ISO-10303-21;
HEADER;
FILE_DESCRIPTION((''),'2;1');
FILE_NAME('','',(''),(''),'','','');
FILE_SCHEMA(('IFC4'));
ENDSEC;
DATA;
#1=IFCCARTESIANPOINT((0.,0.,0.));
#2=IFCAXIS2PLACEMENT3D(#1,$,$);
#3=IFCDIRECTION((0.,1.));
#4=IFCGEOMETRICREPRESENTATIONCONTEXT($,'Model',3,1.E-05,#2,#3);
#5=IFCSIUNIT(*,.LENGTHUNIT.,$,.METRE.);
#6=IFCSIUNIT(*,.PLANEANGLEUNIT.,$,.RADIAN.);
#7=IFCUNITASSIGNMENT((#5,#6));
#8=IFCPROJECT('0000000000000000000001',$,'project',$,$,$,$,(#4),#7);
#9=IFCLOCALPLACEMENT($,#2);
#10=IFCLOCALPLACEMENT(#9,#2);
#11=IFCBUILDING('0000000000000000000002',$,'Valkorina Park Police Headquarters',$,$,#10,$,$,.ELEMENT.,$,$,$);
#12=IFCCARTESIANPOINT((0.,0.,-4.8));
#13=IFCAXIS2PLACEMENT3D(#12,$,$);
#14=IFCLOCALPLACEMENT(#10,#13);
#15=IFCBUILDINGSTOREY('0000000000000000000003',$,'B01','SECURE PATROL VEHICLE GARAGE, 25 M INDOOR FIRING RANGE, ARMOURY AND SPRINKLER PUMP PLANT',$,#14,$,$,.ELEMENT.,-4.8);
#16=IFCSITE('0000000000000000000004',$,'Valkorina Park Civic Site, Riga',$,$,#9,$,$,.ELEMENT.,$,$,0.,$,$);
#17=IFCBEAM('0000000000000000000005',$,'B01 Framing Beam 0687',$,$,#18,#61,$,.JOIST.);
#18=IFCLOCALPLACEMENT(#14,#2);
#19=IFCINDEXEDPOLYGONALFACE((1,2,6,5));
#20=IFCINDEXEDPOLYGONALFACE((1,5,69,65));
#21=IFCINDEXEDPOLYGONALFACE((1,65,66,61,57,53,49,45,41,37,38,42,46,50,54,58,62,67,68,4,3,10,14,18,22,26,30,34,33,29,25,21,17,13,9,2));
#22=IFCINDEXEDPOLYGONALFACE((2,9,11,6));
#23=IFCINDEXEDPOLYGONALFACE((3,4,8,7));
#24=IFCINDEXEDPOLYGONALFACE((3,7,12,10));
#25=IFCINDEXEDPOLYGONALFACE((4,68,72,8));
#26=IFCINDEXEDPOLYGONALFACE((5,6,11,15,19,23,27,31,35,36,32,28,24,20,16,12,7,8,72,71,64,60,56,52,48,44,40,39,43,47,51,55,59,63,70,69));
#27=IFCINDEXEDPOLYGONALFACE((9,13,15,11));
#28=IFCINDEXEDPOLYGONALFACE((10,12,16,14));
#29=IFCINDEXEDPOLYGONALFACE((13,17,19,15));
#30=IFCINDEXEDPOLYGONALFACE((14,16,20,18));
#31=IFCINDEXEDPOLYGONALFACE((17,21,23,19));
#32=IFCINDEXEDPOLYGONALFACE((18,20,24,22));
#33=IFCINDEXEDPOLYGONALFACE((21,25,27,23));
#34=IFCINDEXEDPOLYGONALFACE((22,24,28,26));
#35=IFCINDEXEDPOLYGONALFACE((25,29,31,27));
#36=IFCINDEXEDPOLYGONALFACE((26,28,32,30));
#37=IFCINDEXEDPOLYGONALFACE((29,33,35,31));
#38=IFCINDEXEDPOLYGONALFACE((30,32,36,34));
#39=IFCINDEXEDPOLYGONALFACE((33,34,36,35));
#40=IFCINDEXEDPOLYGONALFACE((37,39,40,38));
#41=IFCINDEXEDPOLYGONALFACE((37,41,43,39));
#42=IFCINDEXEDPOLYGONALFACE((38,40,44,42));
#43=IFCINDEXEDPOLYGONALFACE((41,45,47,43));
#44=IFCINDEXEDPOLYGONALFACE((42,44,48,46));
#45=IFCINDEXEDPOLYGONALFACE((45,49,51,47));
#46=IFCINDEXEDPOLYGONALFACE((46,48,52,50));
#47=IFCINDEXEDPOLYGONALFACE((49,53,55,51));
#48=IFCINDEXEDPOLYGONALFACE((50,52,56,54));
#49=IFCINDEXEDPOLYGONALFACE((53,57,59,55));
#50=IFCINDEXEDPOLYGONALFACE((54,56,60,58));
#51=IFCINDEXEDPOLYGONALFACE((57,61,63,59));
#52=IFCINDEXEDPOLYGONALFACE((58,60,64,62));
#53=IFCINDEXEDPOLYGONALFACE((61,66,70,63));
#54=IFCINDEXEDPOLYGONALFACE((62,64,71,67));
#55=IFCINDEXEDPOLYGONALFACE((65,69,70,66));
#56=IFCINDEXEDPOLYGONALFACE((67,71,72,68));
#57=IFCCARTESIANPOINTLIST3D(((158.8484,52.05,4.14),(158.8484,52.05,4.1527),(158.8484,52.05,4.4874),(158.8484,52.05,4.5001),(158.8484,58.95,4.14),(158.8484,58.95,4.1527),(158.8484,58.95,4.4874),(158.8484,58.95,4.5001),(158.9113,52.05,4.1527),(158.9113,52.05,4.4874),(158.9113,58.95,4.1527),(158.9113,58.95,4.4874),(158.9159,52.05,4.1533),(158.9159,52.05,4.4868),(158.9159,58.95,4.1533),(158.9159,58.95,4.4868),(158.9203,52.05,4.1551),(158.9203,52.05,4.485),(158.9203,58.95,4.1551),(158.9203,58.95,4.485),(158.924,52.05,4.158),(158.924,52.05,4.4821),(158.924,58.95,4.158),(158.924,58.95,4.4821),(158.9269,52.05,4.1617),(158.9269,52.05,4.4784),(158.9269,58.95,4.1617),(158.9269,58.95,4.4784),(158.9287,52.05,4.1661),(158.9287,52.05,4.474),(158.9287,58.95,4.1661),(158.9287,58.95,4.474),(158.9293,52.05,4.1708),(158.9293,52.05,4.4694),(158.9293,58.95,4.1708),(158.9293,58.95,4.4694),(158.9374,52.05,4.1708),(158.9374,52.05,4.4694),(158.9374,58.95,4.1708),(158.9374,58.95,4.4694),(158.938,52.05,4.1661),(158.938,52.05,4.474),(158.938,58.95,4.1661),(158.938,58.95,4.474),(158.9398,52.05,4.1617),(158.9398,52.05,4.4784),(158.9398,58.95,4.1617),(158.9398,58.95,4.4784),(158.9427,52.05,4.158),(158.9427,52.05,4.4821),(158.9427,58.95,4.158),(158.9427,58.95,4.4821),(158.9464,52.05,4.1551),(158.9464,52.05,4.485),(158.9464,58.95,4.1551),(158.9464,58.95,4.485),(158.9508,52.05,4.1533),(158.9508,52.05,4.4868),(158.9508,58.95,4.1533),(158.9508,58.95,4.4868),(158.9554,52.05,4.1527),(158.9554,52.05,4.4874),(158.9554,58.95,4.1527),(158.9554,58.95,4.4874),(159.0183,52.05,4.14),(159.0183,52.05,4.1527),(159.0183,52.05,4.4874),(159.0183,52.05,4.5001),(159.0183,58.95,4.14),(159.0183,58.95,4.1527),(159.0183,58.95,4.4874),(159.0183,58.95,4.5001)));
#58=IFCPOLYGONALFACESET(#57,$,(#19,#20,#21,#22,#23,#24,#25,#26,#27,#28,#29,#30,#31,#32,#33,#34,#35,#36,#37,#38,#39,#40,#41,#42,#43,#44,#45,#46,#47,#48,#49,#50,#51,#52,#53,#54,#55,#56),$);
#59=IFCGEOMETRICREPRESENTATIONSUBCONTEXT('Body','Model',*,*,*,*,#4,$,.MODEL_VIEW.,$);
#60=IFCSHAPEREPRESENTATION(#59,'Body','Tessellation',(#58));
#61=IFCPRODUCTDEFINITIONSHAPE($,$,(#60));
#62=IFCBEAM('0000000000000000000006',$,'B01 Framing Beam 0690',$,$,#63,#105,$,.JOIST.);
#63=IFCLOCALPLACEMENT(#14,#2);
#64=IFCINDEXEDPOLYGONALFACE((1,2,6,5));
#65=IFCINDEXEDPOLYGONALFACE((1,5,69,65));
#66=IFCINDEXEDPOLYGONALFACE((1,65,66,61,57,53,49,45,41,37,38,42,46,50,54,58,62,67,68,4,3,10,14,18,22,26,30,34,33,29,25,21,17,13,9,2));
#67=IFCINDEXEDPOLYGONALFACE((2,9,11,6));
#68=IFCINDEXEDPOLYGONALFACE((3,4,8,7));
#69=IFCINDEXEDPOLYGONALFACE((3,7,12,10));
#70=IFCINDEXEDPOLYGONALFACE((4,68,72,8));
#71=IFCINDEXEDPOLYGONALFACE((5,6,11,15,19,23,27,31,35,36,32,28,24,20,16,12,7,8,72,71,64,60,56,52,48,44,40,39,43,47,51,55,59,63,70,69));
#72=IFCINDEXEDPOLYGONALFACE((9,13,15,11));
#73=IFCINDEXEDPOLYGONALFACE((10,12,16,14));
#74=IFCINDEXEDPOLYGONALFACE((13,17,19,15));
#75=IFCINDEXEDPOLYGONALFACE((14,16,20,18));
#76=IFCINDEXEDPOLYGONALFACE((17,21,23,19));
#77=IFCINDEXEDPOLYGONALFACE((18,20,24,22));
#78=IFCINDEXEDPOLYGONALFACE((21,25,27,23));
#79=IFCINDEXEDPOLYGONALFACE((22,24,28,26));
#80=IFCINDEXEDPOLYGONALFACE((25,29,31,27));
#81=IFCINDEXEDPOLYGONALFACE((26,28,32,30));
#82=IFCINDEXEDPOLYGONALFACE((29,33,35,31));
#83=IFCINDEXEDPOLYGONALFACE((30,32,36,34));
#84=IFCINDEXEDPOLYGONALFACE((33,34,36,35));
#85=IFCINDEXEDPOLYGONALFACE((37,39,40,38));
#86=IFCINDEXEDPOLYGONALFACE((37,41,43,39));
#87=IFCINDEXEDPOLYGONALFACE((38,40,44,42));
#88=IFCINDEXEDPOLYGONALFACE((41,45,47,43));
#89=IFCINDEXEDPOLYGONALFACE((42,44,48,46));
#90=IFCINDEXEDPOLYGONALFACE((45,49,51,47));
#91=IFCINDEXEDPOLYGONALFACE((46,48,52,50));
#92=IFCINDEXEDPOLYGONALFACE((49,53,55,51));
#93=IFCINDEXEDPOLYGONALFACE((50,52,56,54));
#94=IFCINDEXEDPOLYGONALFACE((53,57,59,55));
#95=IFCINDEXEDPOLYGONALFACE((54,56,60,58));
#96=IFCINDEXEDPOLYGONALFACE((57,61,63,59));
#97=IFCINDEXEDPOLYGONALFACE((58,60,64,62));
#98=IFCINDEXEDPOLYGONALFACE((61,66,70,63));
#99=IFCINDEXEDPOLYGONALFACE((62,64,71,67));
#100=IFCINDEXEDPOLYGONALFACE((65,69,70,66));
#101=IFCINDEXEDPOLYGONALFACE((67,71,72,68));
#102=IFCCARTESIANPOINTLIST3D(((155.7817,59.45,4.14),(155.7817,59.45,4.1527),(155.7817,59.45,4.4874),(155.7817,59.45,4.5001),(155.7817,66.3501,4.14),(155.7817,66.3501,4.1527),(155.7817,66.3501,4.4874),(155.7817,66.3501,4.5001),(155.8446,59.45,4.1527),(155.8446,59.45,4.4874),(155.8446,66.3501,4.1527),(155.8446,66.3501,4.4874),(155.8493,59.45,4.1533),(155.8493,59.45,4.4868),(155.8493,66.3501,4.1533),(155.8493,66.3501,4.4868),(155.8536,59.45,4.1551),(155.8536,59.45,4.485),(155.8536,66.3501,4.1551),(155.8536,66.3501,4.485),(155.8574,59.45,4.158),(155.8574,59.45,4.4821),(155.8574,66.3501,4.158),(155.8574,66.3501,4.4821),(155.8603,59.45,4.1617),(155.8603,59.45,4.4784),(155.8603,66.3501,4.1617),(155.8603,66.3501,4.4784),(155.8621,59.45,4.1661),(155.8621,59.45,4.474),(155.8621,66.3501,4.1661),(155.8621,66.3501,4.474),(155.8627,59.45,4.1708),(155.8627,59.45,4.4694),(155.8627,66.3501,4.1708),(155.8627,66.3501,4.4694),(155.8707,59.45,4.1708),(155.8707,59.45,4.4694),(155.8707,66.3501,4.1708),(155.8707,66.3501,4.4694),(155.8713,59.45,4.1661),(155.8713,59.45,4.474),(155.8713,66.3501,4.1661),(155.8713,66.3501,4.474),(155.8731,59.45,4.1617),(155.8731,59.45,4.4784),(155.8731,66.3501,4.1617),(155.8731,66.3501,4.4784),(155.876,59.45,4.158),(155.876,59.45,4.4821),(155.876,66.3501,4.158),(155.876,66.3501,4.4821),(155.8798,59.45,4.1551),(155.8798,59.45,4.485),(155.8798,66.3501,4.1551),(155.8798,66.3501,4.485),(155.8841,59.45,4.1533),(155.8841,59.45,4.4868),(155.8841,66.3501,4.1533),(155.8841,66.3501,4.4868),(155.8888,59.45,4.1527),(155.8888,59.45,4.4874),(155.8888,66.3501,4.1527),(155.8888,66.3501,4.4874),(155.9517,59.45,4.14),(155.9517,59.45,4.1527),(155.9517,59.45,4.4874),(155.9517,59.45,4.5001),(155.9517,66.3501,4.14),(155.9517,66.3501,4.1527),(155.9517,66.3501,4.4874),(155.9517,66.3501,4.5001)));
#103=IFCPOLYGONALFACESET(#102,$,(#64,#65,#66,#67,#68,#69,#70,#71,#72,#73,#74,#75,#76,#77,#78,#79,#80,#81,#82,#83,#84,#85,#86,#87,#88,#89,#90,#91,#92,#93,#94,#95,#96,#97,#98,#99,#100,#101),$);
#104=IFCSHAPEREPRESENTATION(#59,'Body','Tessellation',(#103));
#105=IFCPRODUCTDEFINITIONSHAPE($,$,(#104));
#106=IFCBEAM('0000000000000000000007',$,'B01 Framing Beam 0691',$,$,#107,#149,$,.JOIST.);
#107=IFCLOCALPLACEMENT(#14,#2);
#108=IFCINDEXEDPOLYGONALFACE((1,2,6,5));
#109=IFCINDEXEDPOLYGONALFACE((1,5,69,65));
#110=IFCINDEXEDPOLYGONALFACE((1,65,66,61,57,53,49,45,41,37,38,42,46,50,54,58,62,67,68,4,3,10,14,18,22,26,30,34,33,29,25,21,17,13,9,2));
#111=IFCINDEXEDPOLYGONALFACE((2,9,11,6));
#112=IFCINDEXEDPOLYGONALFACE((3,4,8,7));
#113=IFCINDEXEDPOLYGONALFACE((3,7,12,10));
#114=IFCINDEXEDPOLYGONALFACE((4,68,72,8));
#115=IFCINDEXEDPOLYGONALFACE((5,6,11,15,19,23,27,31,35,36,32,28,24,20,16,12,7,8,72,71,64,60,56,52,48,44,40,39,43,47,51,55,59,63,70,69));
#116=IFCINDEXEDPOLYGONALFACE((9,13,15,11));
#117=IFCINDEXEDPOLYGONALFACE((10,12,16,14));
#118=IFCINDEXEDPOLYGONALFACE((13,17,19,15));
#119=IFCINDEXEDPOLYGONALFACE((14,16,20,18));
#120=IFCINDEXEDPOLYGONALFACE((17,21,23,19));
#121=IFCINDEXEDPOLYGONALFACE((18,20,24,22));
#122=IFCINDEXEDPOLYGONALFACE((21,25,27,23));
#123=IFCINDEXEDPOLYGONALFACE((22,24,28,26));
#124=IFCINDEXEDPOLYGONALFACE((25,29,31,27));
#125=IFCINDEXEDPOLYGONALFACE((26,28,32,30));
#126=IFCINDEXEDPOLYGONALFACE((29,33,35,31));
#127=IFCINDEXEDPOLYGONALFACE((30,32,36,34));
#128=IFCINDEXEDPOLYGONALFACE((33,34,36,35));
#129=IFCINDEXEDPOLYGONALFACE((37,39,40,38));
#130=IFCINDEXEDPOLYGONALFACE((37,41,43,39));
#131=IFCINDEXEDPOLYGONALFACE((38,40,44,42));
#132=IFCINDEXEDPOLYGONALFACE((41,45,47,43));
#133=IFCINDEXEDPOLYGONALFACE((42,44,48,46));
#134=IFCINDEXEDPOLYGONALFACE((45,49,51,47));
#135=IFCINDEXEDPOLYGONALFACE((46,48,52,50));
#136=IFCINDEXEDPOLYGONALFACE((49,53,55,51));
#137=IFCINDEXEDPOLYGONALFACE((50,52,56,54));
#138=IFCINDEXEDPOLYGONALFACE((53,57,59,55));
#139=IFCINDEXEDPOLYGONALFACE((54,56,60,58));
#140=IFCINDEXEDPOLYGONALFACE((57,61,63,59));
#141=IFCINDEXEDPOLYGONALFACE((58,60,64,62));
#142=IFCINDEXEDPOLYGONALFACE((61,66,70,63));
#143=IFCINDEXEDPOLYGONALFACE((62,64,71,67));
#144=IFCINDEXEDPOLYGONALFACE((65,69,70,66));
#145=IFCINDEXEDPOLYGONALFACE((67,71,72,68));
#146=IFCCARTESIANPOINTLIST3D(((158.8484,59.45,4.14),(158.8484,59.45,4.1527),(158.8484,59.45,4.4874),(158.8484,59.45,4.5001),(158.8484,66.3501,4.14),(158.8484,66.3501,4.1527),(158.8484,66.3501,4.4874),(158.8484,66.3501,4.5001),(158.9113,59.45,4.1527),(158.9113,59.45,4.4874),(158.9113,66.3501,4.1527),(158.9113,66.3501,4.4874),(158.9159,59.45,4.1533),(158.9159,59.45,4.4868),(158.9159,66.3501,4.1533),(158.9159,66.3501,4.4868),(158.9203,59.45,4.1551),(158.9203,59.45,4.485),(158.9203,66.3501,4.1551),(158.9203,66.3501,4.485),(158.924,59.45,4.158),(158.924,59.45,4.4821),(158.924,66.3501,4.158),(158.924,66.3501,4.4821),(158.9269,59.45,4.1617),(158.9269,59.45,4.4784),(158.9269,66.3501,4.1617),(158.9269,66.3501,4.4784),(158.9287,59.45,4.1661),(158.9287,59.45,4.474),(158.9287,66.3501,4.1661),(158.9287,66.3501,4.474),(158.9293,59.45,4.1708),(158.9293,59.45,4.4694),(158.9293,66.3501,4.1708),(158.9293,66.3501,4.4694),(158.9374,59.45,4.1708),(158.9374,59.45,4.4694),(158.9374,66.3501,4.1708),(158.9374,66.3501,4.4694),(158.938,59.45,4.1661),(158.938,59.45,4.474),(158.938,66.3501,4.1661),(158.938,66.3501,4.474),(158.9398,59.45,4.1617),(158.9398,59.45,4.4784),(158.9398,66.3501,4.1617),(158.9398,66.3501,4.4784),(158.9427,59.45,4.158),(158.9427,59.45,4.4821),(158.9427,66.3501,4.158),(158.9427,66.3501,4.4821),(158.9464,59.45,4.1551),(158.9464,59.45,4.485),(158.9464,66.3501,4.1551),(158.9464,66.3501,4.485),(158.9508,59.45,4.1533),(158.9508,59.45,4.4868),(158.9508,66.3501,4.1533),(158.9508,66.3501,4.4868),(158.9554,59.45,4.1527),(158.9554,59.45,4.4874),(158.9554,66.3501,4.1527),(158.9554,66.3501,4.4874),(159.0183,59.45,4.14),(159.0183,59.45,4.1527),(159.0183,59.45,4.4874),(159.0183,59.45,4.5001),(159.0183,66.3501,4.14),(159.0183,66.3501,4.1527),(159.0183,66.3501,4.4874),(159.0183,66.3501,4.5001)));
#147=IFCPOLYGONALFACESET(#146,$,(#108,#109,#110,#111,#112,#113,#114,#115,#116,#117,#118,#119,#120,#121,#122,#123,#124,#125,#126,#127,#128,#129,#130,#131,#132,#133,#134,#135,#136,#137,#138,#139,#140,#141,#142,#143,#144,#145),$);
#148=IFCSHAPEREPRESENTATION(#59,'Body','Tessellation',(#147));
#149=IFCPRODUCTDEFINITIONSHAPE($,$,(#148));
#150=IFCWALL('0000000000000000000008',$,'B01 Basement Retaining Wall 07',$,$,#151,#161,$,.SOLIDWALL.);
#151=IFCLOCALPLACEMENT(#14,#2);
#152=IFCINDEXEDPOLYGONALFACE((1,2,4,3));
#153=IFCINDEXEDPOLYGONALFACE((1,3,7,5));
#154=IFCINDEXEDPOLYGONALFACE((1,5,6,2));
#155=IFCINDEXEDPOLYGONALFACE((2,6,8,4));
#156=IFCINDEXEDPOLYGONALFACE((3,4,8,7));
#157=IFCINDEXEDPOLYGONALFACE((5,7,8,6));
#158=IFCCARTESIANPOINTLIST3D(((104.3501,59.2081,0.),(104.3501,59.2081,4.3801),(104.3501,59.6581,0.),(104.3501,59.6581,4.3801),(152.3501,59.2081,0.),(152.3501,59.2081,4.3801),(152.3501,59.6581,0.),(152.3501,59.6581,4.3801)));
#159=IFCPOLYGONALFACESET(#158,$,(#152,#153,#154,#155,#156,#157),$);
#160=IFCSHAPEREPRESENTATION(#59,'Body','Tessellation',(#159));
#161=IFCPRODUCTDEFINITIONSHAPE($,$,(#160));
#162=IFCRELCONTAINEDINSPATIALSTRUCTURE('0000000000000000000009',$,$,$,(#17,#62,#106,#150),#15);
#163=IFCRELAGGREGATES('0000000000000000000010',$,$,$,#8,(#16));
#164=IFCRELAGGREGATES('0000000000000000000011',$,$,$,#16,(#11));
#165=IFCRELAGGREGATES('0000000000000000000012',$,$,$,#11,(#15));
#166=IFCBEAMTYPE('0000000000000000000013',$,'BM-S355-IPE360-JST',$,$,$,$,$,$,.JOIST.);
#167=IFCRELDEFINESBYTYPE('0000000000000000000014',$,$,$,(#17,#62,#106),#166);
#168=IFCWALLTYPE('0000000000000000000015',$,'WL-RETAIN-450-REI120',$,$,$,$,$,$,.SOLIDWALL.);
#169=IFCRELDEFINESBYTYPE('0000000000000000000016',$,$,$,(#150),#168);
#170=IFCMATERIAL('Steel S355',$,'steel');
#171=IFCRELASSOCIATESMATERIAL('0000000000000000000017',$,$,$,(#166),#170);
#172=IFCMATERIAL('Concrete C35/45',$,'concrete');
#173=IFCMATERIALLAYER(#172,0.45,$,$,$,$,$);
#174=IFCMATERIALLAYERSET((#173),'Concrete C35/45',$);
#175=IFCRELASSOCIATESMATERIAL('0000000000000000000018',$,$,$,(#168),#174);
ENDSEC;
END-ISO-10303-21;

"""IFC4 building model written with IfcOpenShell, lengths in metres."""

from ifc_helpers import new_model, si_unit, direction, frame, frame_2d, origin, origin_2d, place, context, subcontext, project, spatial, rectangle, i_section, extrude, material, layer, layer_set, material_profile, profile_set, type_object, element, save


model = new_model("IFC4")

# Units and contexts
model_context = context("Model", 3, precision=1e-05, world=origin(), true_north=direction((0.0, 1.0)))
body_context = subcontext(model_context, "Body", "Model", "MODEL_VIEW")
ifc_project = project(units=[si_unit("LENGTHUNIT", "METRE"), si_unit("PLANEANGLEUNIT", "RADIAN")], contexts=[model_context])

# Site, building, storey
site_placement = place(None, origin())
site = spatial("IfcSite", under=ifc_project, at=site_placement, Name="Valkorina Park Civic Site, Riga", CompositionType="ELEMENT", RefElevation=0.0)
building_placement = place(site_placement, origin())
building = spatial("IfcBuilding", under=site, at=building_placement, Name="Valkorina Park Police Headquarters", CompositionType="ELEMENT")
storey_placement = place(building_placement, frame((0.0, 0.0, -4.8)))
storey = spatial("IfcBuildingStorey", under=building, at=storey_placement, Name="B01", Description="SECURE PATROL VEHICLE GARAGE, 25 M INDOOR FIRING RANGE, ARMOURY AND SPRINKLER PUMP PLANT", CompositionType="ELEMENT", Elevation=-4.8)

# Shared definitions
ifc_material_1 = material(Name="Concrete C35/45", Category="concrete")

# Beams
ifc_material_2 = material(Name="Steel S355", Category="steel")
ifc_material_profile_1 = material_profile(ifc_material_2, i_section(OverallWidth=0.1699, OverallDepth=0.3601, WebThickness=0.0081, FlangeThickness=0.0127, FilletRadius=0.0181, at=origin_2d()), Name="IPE 360")
ifc_profile_set_1 = profile_set([ifc_material_profile_1], Name="Steel S355")
beam_type_1 = type_object("IfcBeamType", Name="BM-S355-IPE360-JST", PredefinedType="JOIST", material=ifc_profile_set_1)
for number, where, z_axis, x_axis, name in (
    (1, (158.9333, 52.05, 4.3201), (0.0, 1.0, 0.0), (-1.0, 0.0, 0.0), "B01 Framing Beam 0687"),
):
    element("IfcBeam", number, at=place(storey_placement, frame(where, z_axis=z_axis, x_axis=x_axis)), inside=storey, type_object=beam_type_1, Name=name, PredefinedType="JOIST", context=body_context, shape_type="SweptSolid", body=[
        extrude(i_section(OverallWidth=0.1699, OverallDepth=0.3601, WebThickness=0.0081, FlangeThickness=0.0127, FilletRadius=0.0181, at=origin_2d()), origin(), (0.0, 0.0, 1.0), 6.8999),
    ])
for number, where, z_axis, x_axis, name in (
    (2, (155.8667, 59.45, 4.3201), (0.0, 1.0, 0.0), (-1.0, 0.0, 0.0), "B01 Framing Beam 0690"),
    (3, (158.9333, 59.45, 4.3201), (0.0, 1.0, 0.0), (-1.0, 0.0, 0.0), "B01 Framing Beam 0691"),
):
    element("IfcBeam", number, at=place(storey_placement, frame(where, z_axis=z_axis, x_axis=x_axis)), inside=storey, type_object=beam_type_1, Name=name, PredefinedType="JOIST", context=body_context, shape_type="SweptSolid", body=[
        extrude(i_section(OverallWidth=0.1699, OverallDepth=0.3601, WebThickness=0.0081, FlangeThickness=0.0127, FilletRadius=0.0181, at=origin_2d()), origin(), (0.0, 0.0, 1.0), 6.9001),
    ])

# Wall
ifc_layer = layer(ifc_material_1, 0.45)
ifc_layer_set = layer_set([ifc_layer], Name="Concrete C35/45")
wall_type = type_object("IfcWallType", Name="WL-RETAIN-450-REI120", PredefinedType="SOLIDWALL", material=ifc_layer_set)
wall_placement = place(storey_placement, frame((152.3501, 59.4331, 0.0), z_axis=(0.0, 0.0, 1.0), x_axis=(-1.0, 0.0, 0.0)))
element("IfcWall", 4, at=wall_placement, inside=storey, type_object=wall_type, Name="B01 Basement Retaining Wall 07", PredefinedType="SOLIDWALL", context=body_context, shape_type="SweptSolid", body=[
    extrude(rectangle(XDim=48.0, YDim=0.45, at=frame_2d((24.0, 0.0))), origin(), (0.0, 0.0, 1.0), 4.3801),
])

save(model, "model.ifc")
